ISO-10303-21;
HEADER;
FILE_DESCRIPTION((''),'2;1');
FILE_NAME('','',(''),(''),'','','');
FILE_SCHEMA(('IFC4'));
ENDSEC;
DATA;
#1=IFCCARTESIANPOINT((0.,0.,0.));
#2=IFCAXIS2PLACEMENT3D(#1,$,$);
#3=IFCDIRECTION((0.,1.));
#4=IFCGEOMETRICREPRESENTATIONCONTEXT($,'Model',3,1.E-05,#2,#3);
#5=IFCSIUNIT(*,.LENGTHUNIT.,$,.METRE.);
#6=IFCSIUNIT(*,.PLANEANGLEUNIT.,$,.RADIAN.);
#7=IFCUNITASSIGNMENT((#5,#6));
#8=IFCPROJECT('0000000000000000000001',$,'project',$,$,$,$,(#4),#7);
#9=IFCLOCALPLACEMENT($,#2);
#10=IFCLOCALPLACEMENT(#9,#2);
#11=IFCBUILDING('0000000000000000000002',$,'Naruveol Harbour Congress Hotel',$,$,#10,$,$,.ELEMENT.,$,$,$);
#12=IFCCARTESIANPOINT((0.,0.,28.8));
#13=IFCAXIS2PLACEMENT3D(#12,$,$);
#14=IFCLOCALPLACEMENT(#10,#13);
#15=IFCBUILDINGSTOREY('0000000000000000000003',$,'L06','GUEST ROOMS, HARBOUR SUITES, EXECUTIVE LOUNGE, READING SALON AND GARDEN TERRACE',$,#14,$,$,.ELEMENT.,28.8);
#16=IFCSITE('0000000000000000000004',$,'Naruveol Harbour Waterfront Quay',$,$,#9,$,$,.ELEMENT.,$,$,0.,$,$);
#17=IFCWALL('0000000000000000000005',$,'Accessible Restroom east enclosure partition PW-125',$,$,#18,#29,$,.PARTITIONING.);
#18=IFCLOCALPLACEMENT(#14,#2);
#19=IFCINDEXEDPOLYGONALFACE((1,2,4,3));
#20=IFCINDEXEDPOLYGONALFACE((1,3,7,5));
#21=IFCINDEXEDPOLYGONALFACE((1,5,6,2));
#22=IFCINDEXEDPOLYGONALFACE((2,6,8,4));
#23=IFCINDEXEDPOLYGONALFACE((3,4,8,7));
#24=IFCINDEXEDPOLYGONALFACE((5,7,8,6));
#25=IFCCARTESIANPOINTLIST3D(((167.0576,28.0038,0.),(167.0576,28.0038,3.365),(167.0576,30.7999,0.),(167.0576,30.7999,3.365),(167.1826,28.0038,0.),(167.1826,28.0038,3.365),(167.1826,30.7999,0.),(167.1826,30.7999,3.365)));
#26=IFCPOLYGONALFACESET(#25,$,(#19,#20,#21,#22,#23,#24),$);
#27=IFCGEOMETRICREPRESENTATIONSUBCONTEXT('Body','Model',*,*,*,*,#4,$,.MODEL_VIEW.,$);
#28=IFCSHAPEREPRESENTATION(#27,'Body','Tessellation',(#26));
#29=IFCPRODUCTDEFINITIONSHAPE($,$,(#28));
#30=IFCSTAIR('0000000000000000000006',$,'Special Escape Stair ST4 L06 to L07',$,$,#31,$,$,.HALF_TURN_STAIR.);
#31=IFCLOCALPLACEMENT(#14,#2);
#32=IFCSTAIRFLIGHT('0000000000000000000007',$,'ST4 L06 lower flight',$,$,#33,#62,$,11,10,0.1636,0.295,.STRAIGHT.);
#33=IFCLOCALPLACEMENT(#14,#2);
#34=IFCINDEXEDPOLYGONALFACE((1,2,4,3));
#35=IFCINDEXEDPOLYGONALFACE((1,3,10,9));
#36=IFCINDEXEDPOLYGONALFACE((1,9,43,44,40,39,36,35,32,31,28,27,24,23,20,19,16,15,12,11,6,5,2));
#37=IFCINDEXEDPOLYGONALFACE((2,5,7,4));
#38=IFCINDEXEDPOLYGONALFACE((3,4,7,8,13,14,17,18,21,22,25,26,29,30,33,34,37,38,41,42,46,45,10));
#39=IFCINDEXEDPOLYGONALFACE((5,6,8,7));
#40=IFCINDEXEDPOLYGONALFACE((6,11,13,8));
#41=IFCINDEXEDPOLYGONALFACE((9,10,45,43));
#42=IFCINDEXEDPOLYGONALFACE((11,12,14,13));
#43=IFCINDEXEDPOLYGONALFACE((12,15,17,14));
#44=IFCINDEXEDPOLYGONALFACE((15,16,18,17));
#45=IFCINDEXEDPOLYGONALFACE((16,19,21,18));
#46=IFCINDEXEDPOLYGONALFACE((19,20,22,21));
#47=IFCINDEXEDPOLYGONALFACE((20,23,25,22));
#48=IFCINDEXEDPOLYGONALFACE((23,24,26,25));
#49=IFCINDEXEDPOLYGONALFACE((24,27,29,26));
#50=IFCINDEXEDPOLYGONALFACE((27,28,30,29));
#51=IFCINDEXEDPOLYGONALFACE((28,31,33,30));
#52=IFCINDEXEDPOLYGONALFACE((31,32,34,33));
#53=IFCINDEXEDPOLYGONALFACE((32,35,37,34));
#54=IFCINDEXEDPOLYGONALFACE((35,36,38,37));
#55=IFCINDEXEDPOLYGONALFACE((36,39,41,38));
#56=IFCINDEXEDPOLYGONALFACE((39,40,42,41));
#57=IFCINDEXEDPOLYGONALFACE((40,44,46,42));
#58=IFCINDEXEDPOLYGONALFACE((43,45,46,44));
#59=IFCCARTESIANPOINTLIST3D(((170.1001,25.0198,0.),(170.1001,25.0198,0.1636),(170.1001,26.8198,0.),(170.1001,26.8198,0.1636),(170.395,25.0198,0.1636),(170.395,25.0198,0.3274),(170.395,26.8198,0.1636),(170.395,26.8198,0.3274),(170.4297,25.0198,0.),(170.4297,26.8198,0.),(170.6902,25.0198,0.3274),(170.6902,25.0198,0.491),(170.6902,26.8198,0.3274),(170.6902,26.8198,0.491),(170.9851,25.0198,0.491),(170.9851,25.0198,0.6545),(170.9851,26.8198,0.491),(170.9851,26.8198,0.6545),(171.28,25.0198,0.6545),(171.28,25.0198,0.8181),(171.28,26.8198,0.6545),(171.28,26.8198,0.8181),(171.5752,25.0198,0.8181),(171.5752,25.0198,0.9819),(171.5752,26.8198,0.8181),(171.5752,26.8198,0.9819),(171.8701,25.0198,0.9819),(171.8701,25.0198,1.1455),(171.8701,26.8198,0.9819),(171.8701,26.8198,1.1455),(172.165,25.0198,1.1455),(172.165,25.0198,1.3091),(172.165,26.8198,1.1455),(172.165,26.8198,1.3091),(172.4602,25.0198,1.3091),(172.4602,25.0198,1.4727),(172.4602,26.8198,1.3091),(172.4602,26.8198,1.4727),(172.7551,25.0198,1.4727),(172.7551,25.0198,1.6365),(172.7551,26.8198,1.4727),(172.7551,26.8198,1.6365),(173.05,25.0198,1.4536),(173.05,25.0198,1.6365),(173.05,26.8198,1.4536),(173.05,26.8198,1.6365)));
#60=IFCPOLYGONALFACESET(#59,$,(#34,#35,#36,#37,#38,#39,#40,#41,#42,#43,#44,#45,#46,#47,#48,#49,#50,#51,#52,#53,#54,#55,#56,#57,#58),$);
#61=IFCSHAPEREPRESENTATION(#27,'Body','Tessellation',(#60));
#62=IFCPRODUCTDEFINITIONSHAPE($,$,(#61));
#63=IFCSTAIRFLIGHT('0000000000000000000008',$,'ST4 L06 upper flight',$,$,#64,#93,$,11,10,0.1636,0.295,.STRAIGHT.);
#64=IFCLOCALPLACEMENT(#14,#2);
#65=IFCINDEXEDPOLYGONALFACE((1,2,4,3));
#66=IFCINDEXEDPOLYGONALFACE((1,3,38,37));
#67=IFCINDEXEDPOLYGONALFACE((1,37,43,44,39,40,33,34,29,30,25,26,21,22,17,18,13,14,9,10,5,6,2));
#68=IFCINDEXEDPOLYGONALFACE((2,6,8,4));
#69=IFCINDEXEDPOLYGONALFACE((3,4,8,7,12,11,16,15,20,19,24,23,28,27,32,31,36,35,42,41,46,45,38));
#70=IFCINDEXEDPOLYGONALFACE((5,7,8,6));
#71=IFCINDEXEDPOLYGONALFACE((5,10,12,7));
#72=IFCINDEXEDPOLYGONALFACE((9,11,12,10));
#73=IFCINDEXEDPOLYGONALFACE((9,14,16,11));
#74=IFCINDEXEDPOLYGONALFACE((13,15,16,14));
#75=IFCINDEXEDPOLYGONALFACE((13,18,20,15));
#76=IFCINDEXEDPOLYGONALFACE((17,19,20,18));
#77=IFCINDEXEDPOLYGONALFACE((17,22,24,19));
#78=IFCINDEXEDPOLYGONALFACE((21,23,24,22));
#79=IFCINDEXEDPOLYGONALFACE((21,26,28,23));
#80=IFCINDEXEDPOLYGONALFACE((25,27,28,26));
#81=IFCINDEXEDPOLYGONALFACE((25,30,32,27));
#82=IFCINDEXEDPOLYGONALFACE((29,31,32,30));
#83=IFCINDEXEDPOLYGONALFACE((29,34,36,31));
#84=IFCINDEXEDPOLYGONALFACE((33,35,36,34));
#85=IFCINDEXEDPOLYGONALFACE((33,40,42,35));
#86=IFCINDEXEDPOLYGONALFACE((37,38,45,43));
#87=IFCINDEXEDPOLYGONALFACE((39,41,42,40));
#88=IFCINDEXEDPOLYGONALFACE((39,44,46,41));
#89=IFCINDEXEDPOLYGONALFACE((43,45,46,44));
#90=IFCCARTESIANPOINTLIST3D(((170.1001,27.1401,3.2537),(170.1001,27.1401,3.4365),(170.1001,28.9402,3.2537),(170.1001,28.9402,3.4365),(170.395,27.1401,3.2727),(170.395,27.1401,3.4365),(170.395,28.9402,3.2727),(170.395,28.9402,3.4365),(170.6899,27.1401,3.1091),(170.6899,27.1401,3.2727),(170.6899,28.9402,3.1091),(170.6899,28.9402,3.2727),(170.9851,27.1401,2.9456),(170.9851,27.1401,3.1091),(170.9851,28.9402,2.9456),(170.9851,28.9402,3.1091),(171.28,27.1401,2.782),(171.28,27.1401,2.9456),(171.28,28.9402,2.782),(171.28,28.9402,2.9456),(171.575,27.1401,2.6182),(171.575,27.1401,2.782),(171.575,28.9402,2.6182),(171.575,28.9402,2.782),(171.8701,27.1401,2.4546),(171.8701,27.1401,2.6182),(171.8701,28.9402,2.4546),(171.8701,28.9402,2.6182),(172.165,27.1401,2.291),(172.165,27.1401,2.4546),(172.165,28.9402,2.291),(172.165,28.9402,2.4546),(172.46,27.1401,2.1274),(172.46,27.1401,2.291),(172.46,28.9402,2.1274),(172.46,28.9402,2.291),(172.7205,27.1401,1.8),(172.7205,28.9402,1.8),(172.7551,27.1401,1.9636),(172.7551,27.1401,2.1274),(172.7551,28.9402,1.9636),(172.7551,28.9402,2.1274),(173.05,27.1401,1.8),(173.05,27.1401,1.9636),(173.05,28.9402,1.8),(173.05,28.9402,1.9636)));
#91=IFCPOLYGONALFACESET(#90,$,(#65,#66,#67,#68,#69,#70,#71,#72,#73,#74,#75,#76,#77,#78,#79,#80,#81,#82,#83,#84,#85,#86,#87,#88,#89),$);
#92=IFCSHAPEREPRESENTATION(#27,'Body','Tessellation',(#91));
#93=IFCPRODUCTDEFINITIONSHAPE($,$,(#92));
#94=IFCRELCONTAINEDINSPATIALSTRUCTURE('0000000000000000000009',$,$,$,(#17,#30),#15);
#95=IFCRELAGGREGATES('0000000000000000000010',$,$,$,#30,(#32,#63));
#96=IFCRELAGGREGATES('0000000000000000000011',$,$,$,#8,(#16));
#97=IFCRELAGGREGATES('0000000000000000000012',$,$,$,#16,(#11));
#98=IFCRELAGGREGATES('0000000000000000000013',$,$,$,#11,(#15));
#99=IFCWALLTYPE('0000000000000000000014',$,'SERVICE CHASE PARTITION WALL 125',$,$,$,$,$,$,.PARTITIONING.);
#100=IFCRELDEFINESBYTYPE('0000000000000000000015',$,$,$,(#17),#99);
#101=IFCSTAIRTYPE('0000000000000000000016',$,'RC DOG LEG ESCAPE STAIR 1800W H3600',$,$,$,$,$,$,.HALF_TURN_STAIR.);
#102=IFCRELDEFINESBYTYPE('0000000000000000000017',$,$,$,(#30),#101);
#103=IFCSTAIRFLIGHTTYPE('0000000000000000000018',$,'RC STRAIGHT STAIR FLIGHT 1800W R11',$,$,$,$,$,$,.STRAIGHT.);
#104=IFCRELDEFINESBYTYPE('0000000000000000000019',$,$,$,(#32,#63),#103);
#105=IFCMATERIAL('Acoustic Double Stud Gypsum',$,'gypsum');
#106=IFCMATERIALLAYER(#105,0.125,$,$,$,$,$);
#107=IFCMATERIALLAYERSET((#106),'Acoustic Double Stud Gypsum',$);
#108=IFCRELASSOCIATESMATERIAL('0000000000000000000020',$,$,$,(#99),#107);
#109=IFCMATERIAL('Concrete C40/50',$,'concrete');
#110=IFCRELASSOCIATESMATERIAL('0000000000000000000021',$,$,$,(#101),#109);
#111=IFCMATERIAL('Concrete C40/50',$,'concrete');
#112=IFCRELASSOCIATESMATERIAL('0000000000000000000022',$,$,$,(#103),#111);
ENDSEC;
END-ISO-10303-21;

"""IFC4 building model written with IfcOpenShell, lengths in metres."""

from ifc_helpers import new_model, si_unit, direction, frame, frame_2d, origin, place, context, subcontext, project, spatial, polyline, rectangle, outline, extrude, material, layer, layer_set, type_object, element, aggregate, save


model = new_model("IFC4")

# Units and contexts
model_context = context("Model", 3, precision=1e-05, world=origin(), true_north=direction((0.0, 1.0)))
body_context = subcontext(model_context, "Body", "Model", "MODEL_VIEW")
ifc_project = project(units=[si_unit("LENGTHUNIT", "METRE"), si_unit("PLANEANGLEUNIT", "RADIAN")], contexts=[model_context])

# Site, building, storey
site_placement = place(None, origin())
site = spatial("IfcSite", under=ifc_project, at=site_placement, Name="Naruveol Harbour Waterfront Quay", CompositionType="ELEMENT", RefElevation=0.0)
building_placement = place(site_placement, origin())
building = spatial("IfcBuilding", under=site, at=building_placement, Name="Naruveol Harbour Congress Hotel", CompositionType="ELEMENT")
storey_placement = place(building_placement, frame((0.0, 0.0, 28.8)))
storey = spatial("IfcBuildingStorey", under=building, at=storey_placement, Name="L06", Description="GUEST ROOMS, HARBOUR SUITES, EXECUTIVE LOUNGE, READING SALON AND GARDEN TERRACE", CompositionType="ELEMENT", Elevation=28.8)

# Wall
ifc_material_1 = material(Name="Acoustic Double Stud Gypsum", Category="gypsum")
ifc_layer_1 = layer(ifc_material_1, 0.125)
ifc_layer_set_1 = layer_set([ifc_layer_1], Name="Acoustic Double Stud Gypsum")
wall_type_1 = type_object("IfcWallType", Name="SERVICE CHASE PARTITION WALL 125", PredefinedType="PARTITIONING", material=ifc_layer_set_1)
wall_1_placement = place(storey_placement, frame((167.1201, 28.0039, 0.0), z_axis=(0.0, 0.0, 1.0), x_axis=(0.0, 1.0, 0.0)))
element("IfcWall", 1, at=wall_1_placement, inside=storey, type_object=wall_type_1, Name="Accessible Restroom east enclosure partition PW-125", PredefinedType="PARTITIONING", context=body_context, shape_type="SweptSolid", body=[
    extrude(rectangle(XDim=2.7961, YDim=0.125, at=frame_2d((1.3979, 0.0))), origin(), (0.0, 0.0, 1.0), 3.365),
])

# Stair, stair flights
ifc_material_2 = material(Name="Concrete C40/50", Category="concrete")
stair_type = type_object("IfcStairType", Name="RC DOG LEG ESCAPE STAIR 1800W H3600", PredefinedType="HALF_TURN_STAIR", material=ifc_material_2)
stair_placement = place(storey_placement, origin())
stair = element("IfcStair", 2, at=stair_placement, inside=storey, type_object=stair_type, Name="Special Escape Stair ST4 L06 to L07", PredefinedType="HALF_TURN_STAIR")
ifc_material_3 = material(Name="Concrete C40/50", Category="concrete")
stair_flight_type = type_object("IfcStairFlightType", Name="RC STRAIGHT STAIR FLIGHT 1800W R11", PredefinedType="STRAIGHT", material=ifc_material_3)
stair_flight_1_placement = place(storey_placement, frame((170.1001, 25.9199, 0.0), z_axis=(0.0, 0.0, 1.0), x_axis=(1.0, 0.0, 0.0)))
stair_flight_1 = element("IfcStairFlight", 3, at=stair_flight_1_placement, type_object=stair_flight_type, Name="ST4 L06 lower flight", NumberOfRisers=11, NumberOfTreads=10, PredefinedType="STRAIGHT", RiserHeight=0.1636, TreadLength=0.295, context=body_context, shape_type="SweptSolid", body=[
    extrude(outline(polyline([(0.0, 0.0), (0.0, 0.1636), (0.2949, 0.1636), (0.2949, 0.3274), (0.5901, 0.3274), (0.5901, 0.491), (0.885, 0.491), (0.885, 0.6545), (1.1799, 0.6545), (1.1799, 0.8181), (1.4751, 0.8181), (1.4751, 0.9819), (1.77, 0.9819), (1.77, 1.1455), (2.0649, 1.1455), (2.0649, 1.3091), (2.3601, 1.3091), (2.3601, 1.4727), (2.655, 1.4727), (2.655, 1.6365), (2.95, 1.6365), (2.95, 1.8), (2.95, 1.4536), (0.3296, 0.0), (0.0, 0.0)])), frame((0.0, 0.8999, 0.0), z_axis=(0.0, -1.0, 0.0), x_axis=(1.0, 0.0, 0.0)), (0.0, 0.0, 1.0), 1.8),
])
stair_flight_2_placement = place(storey_placement, frame((173.05, 28.04, 1.8), z_axis=(0.0, 0.0, 1.0), x_axis=(-1.0, 0.0, 0.0)))
stair_flight_2 = element("IfcStairFlight", 4, at=stair_flight_2_placement, type_object=stair_flight_type, Name="ST4 L06 upper flight", NumberOfRisers=11, NumberOfTreads=10, PredefinedType="STRAIGHT", RiserHeight=0.1636, TreadLength=0.295, context=body_context, shape_type="SweptSolid", body=[
    extrude(outline(polyline([(0.0, 0.0), (0.0, 0.1636), (0.2949, 0.1636), (0.2949, 0.3274), (0.5901, 0.3274), (0.5901, 0.491), (0.885, 0.491), (0.885, 0.6545), (1.1799, 0.6545), (1.1799, 0.8181), (1.4751, 0.8181), (1.4751, 0.9819), (1.77, 0.9819), (1.77, 1.1455), (2.0649, 1.1455), (2.0649, 1.3091), (2.3601, 1.3091), (2.3601, 1.4727), (2.655, 1.4727), (2.655, 1.6365), (2.95, 1.6365), (2.95, 1.8), (2.95, 1.4536), (0.3296, 0.0), (0.0, 0.0)])), frame((0.0, 0.8999, 0.0), z_axis=(0.0, -1.0, 0.0), x_axis=(1.0, 0.0, 0.0)), (0.0, 0.0, 1.0), 1.8),
])
aggregate(stair, [stair_flight_1, stair_flight_2])

save(model, "model.ifc")
